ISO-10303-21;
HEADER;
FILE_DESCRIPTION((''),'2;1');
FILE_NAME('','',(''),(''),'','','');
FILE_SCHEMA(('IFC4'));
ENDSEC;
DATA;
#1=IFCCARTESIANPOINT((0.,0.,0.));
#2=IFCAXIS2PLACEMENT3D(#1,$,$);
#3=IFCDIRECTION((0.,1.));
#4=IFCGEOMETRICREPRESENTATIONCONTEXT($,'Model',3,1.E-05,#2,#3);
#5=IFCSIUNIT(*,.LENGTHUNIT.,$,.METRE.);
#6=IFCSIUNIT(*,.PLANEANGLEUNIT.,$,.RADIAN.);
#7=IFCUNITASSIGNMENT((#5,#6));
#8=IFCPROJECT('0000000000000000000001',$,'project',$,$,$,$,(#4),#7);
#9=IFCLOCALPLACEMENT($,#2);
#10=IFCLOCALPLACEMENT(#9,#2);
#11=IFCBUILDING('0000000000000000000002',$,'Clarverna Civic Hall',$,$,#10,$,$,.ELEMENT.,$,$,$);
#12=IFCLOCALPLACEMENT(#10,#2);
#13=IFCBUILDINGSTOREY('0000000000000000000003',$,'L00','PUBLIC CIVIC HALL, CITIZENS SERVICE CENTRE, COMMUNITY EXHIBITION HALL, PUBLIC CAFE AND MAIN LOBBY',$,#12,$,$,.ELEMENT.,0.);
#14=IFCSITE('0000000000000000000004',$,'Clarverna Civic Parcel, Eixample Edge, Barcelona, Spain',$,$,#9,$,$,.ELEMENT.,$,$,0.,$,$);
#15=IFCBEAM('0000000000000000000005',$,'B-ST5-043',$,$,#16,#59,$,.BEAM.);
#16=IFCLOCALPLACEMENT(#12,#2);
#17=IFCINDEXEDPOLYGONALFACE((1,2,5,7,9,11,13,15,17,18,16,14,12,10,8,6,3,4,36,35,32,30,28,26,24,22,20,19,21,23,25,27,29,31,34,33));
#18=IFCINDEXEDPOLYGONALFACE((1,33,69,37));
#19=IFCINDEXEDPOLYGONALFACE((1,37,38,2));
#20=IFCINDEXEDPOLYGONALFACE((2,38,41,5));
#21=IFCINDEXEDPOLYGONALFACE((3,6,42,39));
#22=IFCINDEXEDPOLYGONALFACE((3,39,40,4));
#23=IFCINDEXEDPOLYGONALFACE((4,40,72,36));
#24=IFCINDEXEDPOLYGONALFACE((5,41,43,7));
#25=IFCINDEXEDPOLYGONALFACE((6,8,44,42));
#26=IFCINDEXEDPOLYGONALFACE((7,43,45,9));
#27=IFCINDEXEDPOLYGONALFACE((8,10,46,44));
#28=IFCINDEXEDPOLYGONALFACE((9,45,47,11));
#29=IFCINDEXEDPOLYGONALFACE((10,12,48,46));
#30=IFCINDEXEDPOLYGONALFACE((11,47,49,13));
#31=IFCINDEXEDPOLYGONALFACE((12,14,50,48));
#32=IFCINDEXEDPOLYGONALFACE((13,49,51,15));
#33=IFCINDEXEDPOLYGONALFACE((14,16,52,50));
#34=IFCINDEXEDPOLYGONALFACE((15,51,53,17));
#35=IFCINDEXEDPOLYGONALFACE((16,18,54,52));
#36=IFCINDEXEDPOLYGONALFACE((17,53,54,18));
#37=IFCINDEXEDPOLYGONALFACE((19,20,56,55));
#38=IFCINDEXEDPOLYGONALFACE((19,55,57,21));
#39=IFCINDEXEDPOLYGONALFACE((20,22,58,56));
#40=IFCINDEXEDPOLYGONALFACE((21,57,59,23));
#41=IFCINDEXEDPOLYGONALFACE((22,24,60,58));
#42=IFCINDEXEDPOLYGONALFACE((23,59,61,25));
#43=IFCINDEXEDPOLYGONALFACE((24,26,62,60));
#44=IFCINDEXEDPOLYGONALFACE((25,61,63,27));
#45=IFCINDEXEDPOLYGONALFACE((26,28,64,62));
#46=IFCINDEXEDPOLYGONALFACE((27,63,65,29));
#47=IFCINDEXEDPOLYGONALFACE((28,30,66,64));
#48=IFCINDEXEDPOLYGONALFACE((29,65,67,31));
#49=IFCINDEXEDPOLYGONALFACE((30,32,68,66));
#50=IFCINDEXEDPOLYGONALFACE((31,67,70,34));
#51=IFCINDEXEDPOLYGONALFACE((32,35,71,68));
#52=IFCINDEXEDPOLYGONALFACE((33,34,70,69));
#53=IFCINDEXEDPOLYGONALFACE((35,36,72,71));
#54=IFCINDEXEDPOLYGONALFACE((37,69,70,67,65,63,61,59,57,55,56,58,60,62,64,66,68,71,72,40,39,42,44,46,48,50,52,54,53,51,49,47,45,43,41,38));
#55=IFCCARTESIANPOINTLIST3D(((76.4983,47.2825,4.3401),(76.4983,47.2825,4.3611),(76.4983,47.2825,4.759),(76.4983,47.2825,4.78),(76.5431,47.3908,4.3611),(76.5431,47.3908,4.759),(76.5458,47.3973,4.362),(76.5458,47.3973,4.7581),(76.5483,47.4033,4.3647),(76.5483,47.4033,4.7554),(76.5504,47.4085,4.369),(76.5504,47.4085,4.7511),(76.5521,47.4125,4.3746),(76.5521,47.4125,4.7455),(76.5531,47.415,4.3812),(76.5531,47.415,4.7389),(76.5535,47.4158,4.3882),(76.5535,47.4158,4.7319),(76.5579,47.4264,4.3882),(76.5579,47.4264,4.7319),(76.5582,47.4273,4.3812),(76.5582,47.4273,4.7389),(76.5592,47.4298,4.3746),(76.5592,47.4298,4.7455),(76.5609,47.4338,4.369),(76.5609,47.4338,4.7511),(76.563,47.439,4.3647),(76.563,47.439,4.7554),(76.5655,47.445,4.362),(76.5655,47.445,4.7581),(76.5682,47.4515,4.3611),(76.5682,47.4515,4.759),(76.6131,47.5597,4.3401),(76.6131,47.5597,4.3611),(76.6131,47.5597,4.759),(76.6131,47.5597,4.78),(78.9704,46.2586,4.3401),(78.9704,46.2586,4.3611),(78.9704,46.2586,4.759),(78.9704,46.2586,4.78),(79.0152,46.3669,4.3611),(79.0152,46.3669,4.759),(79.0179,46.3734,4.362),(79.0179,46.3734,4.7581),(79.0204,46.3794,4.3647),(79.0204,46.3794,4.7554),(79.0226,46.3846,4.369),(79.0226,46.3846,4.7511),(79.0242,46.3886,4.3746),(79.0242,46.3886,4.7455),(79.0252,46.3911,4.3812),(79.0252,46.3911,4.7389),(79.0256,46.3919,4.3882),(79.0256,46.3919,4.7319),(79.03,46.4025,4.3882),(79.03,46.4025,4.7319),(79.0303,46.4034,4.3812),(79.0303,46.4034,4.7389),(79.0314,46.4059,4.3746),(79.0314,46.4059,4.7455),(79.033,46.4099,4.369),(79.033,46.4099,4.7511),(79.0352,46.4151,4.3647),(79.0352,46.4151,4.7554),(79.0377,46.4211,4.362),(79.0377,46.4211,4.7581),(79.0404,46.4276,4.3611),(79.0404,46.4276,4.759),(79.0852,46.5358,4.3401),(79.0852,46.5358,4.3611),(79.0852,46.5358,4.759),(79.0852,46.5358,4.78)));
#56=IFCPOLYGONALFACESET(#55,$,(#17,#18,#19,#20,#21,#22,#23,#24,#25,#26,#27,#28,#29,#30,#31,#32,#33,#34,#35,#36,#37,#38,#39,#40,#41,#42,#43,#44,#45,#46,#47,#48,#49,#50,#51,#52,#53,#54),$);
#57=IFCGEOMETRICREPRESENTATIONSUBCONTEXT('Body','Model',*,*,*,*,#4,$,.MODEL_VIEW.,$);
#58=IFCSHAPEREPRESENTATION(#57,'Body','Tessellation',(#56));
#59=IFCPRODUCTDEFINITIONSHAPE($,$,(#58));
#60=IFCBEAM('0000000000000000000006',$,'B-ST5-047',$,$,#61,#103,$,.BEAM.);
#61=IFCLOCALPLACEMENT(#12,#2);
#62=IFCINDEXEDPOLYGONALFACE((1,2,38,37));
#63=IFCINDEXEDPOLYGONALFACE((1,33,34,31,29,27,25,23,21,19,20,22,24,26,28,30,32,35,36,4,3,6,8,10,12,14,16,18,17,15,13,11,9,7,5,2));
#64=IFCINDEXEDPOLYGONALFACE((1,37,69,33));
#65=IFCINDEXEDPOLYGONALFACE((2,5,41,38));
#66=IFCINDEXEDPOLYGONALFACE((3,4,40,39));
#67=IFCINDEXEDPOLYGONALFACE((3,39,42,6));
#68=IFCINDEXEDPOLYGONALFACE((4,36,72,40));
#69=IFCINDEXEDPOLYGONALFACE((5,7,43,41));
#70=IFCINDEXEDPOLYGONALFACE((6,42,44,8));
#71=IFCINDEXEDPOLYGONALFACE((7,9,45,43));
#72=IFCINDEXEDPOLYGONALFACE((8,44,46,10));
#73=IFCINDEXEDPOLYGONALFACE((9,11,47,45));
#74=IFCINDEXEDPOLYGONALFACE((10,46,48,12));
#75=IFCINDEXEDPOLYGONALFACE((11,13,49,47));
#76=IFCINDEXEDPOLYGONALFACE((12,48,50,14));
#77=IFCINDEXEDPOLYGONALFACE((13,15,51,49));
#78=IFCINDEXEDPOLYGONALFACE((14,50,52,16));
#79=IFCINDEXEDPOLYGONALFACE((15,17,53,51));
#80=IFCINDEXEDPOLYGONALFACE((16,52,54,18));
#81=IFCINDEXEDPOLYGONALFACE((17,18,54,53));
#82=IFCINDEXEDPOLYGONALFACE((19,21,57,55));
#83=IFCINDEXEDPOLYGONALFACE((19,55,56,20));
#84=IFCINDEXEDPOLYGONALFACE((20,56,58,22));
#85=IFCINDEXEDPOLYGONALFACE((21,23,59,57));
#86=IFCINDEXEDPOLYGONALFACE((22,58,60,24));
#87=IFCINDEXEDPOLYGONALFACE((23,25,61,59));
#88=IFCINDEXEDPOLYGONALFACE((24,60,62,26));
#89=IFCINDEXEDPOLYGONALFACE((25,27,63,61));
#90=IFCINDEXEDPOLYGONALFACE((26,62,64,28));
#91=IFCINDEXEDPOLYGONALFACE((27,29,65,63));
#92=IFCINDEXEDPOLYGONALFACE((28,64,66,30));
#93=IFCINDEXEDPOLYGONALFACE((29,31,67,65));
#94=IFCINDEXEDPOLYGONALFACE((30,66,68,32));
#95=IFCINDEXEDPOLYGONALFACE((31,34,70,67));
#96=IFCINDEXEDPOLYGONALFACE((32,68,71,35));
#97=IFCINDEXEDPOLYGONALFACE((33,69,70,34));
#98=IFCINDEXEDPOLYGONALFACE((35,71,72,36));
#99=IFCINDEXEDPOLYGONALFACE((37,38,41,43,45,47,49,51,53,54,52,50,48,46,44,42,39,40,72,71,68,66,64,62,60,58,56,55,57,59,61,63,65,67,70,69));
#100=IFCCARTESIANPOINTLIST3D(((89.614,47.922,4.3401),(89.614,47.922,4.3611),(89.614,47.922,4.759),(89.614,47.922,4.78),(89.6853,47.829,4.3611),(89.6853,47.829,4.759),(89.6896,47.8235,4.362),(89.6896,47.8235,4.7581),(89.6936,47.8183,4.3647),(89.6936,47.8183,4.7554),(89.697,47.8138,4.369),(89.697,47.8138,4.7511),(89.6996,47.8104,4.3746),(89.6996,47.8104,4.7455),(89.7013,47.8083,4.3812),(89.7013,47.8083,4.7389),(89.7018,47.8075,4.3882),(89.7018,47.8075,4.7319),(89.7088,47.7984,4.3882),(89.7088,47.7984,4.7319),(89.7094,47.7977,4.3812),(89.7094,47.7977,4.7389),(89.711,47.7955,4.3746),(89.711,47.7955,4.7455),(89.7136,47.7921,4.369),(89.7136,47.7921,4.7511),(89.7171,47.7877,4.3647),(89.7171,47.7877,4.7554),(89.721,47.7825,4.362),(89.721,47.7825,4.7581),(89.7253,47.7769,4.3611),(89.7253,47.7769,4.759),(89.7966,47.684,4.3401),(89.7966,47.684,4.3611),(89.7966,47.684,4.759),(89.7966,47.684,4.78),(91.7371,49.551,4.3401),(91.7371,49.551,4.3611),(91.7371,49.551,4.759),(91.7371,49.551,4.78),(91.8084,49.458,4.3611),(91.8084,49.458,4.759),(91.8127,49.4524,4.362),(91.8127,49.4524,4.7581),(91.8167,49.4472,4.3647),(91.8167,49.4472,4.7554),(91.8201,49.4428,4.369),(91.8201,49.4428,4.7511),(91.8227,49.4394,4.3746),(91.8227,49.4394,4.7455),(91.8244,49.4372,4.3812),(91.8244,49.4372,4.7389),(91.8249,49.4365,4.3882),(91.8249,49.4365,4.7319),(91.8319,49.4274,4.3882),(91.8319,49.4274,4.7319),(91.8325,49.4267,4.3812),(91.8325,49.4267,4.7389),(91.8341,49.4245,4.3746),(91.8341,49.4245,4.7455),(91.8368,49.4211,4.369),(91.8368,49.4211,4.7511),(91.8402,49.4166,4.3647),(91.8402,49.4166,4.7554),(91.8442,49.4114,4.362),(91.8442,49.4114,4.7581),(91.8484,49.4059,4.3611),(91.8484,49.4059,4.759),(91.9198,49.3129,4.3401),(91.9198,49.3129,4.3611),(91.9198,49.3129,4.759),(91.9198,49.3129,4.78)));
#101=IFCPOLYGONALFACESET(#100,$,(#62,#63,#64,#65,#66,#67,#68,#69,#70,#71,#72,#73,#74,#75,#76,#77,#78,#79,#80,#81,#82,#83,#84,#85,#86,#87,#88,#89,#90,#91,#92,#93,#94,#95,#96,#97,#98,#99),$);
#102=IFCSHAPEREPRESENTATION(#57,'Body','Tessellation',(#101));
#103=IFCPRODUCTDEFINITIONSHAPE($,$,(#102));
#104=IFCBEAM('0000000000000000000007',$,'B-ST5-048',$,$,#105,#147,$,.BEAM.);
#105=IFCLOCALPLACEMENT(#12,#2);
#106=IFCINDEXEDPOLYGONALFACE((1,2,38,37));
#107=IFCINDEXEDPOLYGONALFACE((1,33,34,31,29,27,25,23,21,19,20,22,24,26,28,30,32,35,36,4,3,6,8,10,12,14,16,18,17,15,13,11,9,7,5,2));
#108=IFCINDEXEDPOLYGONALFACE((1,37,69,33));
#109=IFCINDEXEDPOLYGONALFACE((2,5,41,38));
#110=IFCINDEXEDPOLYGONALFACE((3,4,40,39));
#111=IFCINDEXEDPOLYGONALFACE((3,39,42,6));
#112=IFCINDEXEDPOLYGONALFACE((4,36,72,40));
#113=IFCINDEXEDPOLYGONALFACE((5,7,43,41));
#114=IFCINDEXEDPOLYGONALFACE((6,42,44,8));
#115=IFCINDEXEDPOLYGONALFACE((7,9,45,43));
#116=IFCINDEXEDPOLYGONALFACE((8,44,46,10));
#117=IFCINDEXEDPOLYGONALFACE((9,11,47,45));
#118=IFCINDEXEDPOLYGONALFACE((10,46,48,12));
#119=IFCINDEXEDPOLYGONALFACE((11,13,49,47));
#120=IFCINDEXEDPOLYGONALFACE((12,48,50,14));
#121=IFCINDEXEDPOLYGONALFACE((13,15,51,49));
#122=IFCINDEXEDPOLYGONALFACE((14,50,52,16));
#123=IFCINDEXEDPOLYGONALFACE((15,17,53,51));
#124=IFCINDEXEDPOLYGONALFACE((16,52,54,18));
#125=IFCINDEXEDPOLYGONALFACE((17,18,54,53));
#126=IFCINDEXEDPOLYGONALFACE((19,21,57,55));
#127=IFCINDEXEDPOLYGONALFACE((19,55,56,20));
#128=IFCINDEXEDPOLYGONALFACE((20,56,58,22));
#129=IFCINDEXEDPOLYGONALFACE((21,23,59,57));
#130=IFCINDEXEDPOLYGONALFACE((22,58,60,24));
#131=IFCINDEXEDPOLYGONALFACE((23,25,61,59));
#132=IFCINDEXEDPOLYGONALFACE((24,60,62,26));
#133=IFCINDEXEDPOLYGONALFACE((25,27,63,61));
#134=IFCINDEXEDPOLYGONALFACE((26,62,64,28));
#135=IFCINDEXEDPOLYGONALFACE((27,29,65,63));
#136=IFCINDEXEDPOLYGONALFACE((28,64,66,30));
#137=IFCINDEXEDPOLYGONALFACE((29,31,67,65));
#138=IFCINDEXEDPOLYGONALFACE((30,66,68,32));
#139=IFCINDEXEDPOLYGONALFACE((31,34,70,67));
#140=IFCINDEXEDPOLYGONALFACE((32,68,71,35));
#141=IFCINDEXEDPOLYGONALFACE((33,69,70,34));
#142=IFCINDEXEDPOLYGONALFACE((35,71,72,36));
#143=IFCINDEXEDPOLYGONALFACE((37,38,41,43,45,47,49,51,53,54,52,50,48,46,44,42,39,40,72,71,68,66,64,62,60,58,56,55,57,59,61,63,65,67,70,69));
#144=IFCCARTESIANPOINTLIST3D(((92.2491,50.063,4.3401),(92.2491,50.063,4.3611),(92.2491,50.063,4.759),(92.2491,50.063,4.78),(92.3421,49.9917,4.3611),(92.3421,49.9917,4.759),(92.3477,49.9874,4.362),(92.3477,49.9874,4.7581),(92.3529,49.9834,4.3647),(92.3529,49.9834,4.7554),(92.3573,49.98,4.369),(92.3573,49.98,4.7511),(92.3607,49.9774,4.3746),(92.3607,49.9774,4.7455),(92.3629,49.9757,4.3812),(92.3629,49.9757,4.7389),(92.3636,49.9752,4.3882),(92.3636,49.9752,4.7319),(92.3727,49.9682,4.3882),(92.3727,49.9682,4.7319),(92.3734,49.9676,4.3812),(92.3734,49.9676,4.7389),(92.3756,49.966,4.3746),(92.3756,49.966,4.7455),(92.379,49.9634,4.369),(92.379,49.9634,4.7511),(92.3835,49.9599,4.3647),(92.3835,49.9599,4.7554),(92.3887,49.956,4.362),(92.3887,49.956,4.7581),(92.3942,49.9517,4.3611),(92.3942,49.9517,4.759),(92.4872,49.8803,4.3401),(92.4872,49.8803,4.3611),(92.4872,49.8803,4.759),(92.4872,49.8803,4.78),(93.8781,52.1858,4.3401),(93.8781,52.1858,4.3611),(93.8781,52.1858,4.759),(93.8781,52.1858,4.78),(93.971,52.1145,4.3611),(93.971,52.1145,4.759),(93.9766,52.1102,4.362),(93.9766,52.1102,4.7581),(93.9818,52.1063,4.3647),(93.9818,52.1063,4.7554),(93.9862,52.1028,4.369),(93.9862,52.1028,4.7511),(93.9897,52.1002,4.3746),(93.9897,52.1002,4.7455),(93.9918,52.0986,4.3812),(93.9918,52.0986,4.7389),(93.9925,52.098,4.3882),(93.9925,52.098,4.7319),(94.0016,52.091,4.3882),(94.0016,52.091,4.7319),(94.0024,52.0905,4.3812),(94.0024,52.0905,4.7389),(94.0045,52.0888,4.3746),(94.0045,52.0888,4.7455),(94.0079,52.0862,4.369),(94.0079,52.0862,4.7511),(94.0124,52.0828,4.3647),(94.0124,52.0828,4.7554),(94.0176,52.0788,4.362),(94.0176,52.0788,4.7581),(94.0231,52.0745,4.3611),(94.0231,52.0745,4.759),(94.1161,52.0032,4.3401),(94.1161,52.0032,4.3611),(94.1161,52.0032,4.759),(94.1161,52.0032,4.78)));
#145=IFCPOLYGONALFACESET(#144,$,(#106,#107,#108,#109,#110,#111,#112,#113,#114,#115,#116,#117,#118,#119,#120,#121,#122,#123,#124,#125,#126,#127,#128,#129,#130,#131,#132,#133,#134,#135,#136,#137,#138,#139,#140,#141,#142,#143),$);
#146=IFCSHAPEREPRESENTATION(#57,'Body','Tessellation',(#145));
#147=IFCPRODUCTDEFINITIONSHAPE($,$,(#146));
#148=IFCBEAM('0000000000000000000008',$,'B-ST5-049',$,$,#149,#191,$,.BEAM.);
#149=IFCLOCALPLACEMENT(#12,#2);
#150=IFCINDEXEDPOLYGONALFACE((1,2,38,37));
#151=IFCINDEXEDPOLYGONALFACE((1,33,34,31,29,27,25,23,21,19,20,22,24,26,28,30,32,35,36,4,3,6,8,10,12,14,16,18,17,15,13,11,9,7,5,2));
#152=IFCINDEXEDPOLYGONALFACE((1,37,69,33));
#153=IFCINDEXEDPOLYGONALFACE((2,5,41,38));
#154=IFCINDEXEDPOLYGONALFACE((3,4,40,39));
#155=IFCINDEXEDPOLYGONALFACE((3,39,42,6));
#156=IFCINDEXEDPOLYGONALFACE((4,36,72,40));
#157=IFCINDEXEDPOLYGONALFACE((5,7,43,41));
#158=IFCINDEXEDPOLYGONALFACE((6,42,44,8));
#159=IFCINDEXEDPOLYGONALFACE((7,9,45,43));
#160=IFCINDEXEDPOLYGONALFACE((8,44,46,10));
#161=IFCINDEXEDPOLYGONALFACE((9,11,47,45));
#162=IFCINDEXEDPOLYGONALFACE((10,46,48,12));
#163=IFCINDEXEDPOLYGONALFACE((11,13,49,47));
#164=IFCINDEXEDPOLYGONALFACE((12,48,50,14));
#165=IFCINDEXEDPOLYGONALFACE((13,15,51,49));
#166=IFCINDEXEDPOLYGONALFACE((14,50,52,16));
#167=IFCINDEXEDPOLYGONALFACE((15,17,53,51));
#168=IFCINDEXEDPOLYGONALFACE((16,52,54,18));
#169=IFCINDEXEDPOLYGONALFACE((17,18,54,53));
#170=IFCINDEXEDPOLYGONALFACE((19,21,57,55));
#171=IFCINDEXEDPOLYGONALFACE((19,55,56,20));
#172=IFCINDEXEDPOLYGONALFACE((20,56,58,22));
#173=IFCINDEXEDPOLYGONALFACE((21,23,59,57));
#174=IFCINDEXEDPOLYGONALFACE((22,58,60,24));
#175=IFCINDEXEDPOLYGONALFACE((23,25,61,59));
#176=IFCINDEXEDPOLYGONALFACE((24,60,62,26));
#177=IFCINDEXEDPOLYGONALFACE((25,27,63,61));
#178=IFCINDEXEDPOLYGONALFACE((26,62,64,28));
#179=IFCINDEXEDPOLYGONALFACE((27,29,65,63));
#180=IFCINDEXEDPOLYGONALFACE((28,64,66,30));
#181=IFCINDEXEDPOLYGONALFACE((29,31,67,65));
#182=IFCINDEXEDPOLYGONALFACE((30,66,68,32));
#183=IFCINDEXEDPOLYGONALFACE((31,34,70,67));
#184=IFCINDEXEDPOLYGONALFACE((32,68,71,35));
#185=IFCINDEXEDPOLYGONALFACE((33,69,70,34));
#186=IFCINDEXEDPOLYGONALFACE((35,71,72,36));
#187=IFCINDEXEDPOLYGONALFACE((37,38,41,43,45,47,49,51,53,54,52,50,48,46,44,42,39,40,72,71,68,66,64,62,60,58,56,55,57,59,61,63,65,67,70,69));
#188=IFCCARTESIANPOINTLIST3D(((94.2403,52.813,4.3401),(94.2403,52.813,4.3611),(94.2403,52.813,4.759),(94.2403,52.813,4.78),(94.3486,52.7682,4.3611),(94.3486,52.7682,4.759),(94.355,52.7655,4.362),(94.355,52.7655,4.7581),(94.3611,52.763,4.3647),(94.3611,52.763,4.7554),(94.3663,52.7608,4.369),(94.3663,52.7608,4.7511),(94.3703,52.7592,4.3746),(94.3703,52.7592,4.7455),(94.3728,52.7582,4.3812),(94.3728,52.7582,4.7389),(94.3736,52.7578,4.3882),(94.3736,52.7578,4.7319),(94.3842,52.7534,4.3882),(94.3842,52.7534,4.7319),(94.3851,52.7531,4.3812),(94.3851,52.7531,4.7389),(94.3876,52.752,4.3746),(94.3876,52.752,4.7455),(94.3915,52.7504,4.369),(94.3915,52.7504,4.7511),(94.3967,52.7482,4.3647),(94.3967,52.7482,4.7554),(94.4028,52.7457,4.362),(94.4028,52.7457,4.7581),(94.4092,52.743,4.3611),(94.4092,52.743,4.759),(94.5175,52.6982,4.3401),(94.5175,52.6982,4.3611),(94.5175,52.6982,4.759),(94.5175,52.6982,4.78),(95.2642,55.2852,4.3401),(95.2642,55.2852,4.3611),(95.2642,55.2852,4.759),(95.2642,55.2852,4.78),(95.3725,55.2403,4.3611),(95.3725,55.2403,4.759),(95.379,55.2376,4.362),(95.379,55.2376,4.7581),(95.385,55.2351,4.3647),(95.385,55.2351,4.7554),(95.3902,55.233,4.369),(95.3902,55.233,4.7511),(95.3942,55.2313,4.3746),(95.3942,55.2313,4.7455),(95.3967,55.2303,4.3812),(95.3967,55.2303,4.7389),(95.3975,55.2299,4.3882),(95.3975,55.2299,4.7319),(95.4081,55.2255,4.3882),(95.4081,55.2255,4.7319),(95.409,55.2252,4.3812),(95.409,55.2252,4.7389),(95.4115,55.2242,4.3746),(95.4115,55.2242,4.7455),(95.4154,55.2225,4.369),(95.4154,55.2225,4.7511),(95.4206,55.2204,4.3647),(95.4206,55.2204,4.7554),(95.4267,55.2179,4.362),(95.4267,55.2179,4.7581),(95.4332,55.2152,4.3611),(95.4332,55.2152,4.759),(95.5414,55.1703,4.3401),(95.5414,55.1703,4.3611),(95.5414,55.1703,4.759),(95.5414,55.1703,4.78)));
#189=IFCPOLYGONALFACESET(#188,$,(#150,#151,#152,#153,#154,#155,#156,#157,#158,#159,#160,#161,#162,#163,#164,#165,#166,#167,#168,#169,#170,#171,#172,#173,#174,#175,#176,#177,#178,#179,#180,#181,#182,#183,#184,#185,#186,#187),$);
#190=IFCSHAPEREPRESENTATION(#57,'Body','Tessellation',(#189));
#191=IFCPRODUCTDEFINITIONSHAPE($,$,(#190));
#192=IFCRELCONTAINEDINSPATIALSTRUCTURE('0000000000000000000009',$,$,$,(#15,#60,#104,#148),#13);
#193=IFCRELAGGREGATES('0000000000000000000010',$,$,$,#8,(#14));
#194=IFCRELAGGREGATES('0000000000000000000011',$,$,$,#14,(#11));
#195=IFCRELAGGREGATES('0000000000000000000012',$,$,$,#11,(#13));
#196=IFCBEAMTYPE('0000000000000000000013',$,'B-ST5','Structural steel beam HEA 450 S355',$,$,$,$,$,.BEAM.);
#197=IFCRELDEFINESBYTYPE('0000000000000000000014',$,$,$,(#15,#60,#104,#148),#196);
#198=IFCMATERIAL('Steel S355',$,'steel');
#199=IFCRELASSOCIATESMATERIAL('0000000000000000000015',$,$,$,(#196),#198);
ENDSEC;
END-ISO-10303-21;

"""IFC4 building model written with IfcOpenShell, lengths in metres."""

from ifc_helpers import new_model, si_unit, direction, frame, origin, origin_2d, place, context, subcontext, project, spatial, i_section, extrude, material, material_profile, profile_set, type_object, element, save


model = new_model("IFC4")

# Units and contexts
model_context = context("Model", 3, precision=1e-05, world=origin(), true_north=direction((0.0, 1.0)))
body_context = subcontext(model_context, "Body", "Model", "MODEL_VIEW")
ifc_project = project(units=[si_unit("LENGTHUNIT", "METRE"), si_unit("PLANEANGLEUNIT", "RADIAN")], contexts=[model_context])

# Site, building, storey
site_placement = place(None, origin())
site = spatial("IfcSite", under=ifc_project, at=site_placement, Name="Clarverna Civic Parcel, Eixample Edge, Barcelona, Spain", CompositionType="ELEMENT", RefElevation=0.0)
building_placement = place(site_placement, origin())
building = spatial("IfcBuilding", under=site, at=building_placement, Name="Clarverna Civic Hall", CompositionType="ELEMENT")
storey_placement = place(building_placement, origin())
storey = spatial("IfcBuildingStorey", under=building, at=storey_placement, Name="L00", Description="PUBLIC CIVIC HALL, CITIZENS SERVICE CENTRE, COMMUNITY EXHIBITION HALL, PUBLIC CAFE AND MAIN LOBBY", CompositionType="ELEMENT", Elevation=0.0)

# Beams
ifc_material_1 = material(Name="Steel S355", Category="steel")
ifc_material_profile_1 = material_profile(ifc_material_1, i_section(OverallWidth=0.3, OverallDepth=0.4399, WebThickness=0.0115, FlangeThickness=0.021, FilletRadius=0.0271, at=origin_2d()), Name="HEA 450")
ifc_profile_set_1 = profile_set([ifc_material_profile_1], Name="Steel S355")
beam_type_1 = type_object("IfcBeamType", Name="B-ST5", Description="Structural steel beam HEA 450 S355", PredefinedType="BEAM", material=ifc_profile_set_1)
for number, where, z_axis, x_axis, name in (
    (1, (76.5557, 47.4211, 4.5601), (0.92389, -0.382658, 0.0), (0.382658, 0.92389, 0.0), "B-ST5-043"),
):
    element("IfcBeam", number, at=place(storey_placement, frame(where, z_axis=z_axis, x_axis=x_axis)), inside=storey, type_object=beam_type_1, Name=name, PredefinedType="BEAM", context=body_context, shape_type="SweptSolid", body=[
        extrude(i_section(OverallWidth=0.3, OverallDepth=0.4399, WebThickness=0.0115, FlangeThickness=0.021, FilletRadius=0.0271, at=origin_2d()), origin(), (0.0, 0.0, 1.0), 2.6758),
    ])
beam_1_placement = place(storey_placement, frame((89.7053, 47.803, 4.5601), z_axis=(0.793383, 0.608723, 0.0), x_axis=(-0.608723, 0.793383, 0.0)))
element("IfcBeam", 2, at=beam_1_placement, inside=storey, type_object=beam_type_1, Name="B-ST5-047", PredefinedType="BEAM", context=body_context, shape_type="SweptSolid", body=[
    extrude(i_section(OverallWidth=0.3, OverallDepth=0.4399, WebThickness=0.0115, FlangeThickness=0.021, FilletRadius=0.0271, at=origin_2d()), origin(), (0.0, 0.0, 1.0), 2.676),
])
for number, where, z_axis, x_axis, name in (
    (3, (92.3682, 49.9717, 4.5601), (0.608767, 0.793349, 0.0), (-0.793349, 0.608767, 0.0), "B-ST5-048"),
    (4, (94.3789, 52.7556, 4.5601), (0.382658, 0.92389, 0.0), (-0.92389, 0.382658, 0.0), "B-ST5-049"),
):
    element("IfcBeam", number, at=place(storey_placement, frame(where, z_axis=z_axis, x_axis=x_axis)), inside=storey, type_object=beam_type_1, Name=name, PredefinedType="BEAM", context=body_context, shape_type="SweptSolid", body=[
        extrude(i_section(OverallWidth=0.3, OverallDepth=0.4399, WebThickness=0.0115, FlangeThickness=0.021, FilletRadius=0.0271, at=origin_2d()), origin(), (0.0, 0.0, 1.0), 2.6758),
    ])

save(model, "model.ifc")
